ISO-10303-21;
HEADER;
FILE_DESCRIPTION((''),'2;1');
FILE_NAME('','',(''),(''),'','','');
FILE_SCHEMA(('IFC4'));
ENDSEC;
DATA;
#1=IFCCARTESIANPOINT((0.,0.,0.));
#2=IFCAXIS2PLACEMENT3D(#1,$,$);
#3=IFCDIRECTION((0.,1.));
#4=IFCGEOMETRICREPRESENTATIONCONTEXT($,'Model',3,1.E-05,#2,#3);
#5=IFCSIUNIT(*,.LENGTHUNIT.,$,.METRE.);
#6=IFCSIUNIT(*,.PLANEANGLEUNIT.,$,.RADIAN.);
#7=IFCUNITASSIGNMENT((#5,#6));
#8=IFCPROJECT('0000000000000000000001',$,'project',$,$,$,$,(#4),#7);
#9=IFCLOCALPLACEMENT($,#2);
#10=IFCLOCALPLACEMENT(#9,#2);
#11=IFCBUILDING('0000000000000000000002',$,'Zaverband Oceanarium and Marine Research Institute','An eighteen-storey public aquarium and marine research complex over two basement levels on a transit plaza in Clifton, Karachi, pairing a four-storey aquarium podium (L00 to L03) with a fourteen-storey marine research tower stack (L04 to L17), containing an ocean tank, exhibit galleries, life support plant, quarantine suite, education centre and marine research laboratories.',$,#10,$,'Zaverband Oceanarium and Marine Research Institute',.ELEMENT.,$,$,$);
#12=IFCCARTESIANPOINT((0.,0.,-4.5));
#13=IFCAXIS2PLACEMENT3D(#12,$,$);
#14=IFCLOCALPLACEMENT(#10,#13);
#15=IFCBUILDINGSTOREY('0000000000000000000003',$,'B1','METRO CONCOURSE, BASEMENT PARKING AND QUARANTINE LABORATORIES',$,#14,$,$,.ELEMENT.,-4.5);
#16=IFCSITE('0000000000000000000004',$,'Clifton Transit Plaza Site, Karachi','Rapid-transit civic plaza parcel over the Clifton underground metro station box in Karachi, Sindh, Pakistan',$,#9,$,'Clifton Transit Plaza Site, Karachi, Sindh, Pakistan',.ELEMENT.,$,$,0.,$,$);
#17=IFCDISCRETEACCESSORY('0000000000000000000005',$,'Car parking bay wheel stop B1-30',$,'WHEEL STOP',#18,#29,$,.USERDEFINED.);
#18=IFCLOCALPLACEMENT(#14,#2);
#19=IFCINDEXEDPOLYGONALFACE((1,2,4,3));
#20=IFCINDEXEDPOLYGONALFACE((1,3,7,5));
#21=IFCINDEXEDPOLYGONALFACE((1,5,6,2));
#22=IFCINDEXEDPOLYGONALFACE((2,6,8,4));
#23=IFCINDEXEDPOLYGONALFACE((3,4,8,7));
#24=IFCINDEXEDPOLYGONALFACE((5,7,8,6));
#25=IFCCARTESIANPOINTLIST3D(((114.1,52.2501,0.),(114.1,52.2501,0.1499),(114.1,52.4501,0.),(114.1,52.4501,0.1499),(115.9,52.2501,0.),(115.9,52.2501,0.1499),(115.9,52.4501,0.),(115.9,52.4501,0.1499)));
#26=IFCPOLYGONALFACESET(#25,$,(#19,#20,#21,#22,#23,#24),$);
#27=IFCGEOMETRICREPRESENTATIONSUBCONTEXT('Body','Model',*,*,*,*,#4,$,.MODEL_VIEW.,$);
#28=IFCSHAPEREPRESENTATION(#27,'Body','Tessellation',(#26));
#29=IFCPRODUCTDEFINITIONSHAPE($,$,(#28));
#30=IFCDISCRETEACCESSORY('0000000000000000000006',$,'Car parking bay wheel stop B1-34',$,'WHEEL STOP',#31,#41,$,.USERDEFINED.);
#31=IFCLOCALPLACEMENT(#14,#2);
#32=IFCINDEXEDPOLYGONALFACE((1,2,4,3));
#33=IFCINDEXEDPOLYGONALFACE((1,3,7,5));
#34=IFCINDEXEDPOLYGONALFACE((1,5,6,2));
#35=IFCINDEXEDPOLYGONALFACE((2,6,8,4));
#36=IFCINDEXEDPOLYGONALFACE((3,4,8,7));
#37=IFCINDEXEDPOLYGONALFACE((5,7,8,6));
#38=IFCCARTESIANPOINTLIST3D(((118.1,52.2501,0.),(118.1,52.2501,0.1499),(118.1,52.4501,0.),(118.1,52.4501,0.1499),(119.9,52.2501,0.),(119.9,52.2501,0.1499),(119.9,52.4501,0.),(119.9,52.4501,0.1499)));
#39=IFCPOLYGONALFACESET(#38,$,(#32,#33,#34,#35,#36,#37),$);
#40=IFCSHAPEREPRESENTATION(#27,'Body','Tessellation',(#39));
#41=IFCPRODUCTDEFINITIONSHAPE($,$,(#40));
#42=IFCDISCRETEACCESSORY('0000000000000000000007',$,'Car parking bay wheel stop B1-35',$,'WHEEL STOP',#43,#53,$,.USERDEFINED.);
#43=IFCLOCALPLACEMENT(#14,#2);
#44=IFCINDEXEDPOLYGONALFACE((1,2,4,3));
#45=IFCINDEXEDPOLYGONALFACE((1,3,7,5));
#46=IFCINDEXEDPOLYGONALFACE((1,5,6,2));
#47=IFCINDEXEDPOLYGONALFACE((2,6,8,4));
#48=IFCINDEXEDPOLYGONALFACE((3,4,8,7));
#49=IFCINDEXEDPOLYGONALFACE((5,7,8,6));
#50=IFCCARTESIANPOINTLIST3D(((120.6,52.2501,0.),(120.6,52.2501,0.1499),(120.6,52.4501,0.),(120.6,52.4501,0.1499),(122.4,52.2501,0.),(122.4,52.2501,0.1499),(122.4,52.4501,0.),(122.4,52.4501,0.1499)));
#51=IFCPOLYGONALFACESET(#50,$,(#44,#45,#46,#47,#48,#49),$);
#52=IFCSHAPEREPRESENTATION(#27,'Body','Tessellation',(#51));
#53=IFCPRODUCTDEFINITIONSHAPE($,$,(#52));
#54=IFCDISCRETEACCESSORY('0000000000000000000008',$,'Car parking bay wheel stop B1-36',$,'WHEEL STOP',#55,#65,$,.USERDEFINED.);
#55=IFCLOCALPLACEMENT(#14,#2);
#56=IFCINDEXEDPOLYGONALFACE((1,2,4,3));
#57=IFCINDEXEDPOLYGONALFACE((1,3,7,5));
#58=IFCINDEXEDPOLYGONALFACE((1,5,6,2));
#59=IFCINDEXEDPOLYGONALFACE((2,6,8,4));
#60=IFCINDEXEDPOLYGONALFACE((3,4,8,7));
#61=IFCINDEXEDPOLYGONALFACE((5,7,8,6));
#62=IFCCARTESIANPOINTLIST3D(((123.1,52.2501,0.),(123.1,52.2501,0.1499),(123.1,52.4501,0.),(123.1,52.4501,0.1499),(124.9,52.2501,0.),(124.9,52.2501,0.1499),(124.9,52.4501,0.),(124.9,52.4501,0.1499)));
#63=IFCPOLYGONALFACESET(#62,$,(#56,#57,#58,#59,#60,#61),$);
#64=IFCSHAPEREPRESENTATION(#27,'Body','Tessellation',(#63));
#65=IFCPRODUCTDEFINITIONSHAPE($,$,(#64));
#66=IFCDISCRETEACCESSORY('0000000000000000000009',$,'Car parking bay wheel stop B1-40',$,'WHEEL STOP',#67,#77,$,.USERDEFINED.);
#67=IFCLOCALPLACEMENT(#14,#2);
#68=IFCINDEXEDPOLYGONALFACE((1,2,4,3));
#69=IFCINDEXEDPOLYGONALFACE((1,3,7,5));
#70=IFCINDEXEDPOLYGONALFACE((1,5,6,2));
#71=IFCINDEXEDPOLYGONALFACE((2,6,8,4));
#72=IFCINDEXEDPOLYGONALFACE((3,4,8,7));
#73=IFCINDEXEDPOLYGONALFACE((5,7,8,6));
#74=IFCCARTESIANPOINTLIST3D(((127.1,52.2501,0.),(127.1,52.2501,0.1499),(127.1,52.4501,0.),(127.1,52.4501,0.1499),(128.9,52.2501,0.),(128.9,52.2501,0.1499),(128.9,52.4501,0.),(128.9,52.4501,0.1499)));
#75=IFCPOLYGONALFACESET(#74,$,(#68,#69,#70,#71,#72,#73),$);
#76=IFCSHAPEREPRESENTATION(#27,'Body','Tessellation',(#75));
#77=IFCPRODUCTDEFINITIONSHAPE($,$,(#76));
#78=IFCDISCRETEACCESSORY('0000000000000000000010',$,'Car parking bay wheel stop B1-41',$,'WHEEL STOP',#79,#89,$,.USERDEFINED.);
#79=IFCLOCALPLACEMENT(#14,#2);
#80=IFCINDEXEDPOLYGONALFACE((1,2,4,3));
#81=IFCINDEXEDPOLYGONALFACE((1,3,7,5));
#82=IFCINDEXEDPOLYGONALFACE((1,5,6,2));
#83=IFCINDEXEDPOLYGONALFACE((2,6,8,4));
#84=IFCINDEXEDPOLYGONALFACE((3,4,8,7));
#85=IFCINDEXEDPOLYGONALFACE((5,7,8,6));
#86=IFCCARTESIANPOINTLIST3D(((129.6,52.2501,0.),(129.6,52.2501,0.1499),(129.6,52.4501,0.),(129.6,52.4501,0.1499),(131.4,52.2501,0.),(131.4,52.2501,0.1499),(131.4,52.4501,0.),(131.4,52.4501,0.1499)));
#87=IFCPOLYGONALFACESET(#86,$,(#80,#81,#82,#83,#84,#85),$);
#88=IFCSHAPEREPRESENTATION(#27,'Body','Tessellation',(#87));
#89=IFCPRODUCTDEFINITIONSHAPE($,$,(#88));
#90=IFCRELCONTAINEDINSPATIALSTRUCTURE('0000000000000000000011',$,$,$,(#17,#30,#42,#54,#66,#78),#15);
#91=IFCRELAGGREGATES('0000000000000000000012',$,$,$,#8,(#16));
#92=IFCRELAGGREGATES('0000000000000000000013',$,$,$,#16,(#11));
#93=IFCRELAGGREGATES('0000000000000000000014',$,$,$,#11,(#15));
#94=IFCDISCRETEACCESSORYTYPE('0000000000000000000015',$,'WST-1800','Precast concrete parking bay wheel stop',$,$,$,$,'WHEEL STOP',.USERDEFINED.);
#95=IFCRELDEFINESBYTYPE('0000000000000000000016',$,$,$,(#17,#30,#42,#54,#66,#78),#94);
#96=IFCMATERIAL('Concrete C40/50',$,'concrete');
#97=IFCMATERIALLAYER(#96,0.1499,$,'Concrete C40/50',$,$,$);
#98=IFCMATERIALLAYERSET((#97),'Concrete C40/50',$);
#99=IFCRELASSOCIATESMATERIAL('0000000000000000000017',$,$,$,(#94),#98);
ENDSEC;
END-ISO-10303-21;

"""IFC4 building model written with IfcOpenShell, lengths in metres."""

from ifc_helpers import new_model, si_unit, direction, frame, origin, origin_2d, place, context, subcontext, project, spatial, rectangle, extrude, material, layer, layer_set, type_object, element, save


model = new_model("IFC4")

# Units and contexts
model_context = context("Model", 3, precision=1e-05, world=origin(), true_north=direction((0.0, 1.0)))
body_context = subcontext(model_context, "Body", "Model", "MODEL_VIEW")
ifc_project = project(units=[si_unit("LENGTHUNIT", "METRE"), si_unit("PLANEANGLEUNIT", "RADIAN")], contexts=[model_context])

# Site, building, storey
site_placement = place(None, origin())
site = spatial("IfcSite", under=ifc_project, at=site_placement, Name="Clifton Transit Plaza Site, Karachi", Description="Rapid-transit civic plaza parcel over the Clifton underground metro station box in Karachi, Sindh, Pakistan", LongName="Clifton Transit Plaza Site, Karachi, Sindh, Pakistan", CompositionType="ELEMENT", RefElevation=0.0)
building_placement = place(site_placement, origin())
building = spatial("IfcBuilding", under=site, at=building_placement, Name="Zaverband Oceanarium and Marine Research Institute", Description="An eighteen-storey public aquarium and marine research complex over two basement levels on a transit plaza in Clifton, Karachi, pairing a four-storey aquarium podium (L00 to L03) with a fourteen-storey marine research tower stack (L04 to L17), containing an ocean tank, exhibit galleries, life support plant, quarantine suite, education centre and marine research laboratories.", LongName="Zaverband Oceanarium and Marine Research Institute", CompositionType="ELEMENT")
storey_placement = place(building_placement, frame((0.0, 0.0, -4.5)))
storey = spatial("IfcBuildingStorey", under=building, at=storey_placement, Name="B1", Description="METRO CONCOURSE, BASEMENT PARKING AND QUARANTINE LABORATORIES", CompositionType="ELEMENT", Elevation=-4.5)

# Shared definitions
ifc_material_1 = material(Name="Concrete C40/50", Category="concrete")

# Discrete accessories
ifc_layer = layer(ifc_material_1, 0.1499, Name="Concrete C40/50")
ifc_layer_set = layer_set([ifc_layer], Name="Concrete C40/50")
discrete_accessory_type = type_object("IfcDiscreteAccessoryType", Name="WST-1800", Description="Precast concrete parking bay wheel stop", ElementType="WHEEL STOP", PredefinedType="USERDEFINED", material=ifc_layer_set)
for number, where, z_axis, x_axis, name in (
    (1, (115.0, 52.3501, 0.0), (0.0, 0.0, 1.0), (1.0, 0.0, 0.0), "Car parking bay wheel stop B1-30"),
    (2, (119.0, 52.3501, 0.0), (0.0, 0.0, 1.0), (1.0, 0.0, 0.0), "Car parking bay wheel stop B1-34"),
    (3, (121.5, 52.3501, 0.0), (0.0, 0.0, 1.0), (1.0, 0.0, 0.0), "Car parking bay wheel stop B1-35"),
    (4, (124.0, 52.3501, 0.0), (0.0, 0.0, 1.0), (1.0, 0.0, 0.0), "Car parking bay wheel stop B1-36"),
    (5, (128.0, 52.3501, 0.0), (0.0, 0.0, 1.0), (1.0, 0.0, 0.0), "Car parking bay wheel stop B1-40"),
    (6, (130.5, 52.3501, 0.0), (0.0, 0.0, 1.0), (1.0, 0.0, 0.0), "Car parking bay wheel stop B1-41"),
):
    element("IfcDiscreteAccessory", number, at=place(storey_placement, frame(where, z_axis=z_axis, x_axis=x_axis)), inside=storey, type_object=discrete_accessory_type, Name=name, ObjectType="WHEEL STOP", PredefinedType="USERDEFINED", context=body_context, shape_type="SweptSolid", body=[
        extrude(rectangle(XDim=1.8, YDim=0.2, at=origin_2d()), origin(), (0.0, 0.0, 1.0), 0.1499),
    ])

save(model, "model.ifc")
